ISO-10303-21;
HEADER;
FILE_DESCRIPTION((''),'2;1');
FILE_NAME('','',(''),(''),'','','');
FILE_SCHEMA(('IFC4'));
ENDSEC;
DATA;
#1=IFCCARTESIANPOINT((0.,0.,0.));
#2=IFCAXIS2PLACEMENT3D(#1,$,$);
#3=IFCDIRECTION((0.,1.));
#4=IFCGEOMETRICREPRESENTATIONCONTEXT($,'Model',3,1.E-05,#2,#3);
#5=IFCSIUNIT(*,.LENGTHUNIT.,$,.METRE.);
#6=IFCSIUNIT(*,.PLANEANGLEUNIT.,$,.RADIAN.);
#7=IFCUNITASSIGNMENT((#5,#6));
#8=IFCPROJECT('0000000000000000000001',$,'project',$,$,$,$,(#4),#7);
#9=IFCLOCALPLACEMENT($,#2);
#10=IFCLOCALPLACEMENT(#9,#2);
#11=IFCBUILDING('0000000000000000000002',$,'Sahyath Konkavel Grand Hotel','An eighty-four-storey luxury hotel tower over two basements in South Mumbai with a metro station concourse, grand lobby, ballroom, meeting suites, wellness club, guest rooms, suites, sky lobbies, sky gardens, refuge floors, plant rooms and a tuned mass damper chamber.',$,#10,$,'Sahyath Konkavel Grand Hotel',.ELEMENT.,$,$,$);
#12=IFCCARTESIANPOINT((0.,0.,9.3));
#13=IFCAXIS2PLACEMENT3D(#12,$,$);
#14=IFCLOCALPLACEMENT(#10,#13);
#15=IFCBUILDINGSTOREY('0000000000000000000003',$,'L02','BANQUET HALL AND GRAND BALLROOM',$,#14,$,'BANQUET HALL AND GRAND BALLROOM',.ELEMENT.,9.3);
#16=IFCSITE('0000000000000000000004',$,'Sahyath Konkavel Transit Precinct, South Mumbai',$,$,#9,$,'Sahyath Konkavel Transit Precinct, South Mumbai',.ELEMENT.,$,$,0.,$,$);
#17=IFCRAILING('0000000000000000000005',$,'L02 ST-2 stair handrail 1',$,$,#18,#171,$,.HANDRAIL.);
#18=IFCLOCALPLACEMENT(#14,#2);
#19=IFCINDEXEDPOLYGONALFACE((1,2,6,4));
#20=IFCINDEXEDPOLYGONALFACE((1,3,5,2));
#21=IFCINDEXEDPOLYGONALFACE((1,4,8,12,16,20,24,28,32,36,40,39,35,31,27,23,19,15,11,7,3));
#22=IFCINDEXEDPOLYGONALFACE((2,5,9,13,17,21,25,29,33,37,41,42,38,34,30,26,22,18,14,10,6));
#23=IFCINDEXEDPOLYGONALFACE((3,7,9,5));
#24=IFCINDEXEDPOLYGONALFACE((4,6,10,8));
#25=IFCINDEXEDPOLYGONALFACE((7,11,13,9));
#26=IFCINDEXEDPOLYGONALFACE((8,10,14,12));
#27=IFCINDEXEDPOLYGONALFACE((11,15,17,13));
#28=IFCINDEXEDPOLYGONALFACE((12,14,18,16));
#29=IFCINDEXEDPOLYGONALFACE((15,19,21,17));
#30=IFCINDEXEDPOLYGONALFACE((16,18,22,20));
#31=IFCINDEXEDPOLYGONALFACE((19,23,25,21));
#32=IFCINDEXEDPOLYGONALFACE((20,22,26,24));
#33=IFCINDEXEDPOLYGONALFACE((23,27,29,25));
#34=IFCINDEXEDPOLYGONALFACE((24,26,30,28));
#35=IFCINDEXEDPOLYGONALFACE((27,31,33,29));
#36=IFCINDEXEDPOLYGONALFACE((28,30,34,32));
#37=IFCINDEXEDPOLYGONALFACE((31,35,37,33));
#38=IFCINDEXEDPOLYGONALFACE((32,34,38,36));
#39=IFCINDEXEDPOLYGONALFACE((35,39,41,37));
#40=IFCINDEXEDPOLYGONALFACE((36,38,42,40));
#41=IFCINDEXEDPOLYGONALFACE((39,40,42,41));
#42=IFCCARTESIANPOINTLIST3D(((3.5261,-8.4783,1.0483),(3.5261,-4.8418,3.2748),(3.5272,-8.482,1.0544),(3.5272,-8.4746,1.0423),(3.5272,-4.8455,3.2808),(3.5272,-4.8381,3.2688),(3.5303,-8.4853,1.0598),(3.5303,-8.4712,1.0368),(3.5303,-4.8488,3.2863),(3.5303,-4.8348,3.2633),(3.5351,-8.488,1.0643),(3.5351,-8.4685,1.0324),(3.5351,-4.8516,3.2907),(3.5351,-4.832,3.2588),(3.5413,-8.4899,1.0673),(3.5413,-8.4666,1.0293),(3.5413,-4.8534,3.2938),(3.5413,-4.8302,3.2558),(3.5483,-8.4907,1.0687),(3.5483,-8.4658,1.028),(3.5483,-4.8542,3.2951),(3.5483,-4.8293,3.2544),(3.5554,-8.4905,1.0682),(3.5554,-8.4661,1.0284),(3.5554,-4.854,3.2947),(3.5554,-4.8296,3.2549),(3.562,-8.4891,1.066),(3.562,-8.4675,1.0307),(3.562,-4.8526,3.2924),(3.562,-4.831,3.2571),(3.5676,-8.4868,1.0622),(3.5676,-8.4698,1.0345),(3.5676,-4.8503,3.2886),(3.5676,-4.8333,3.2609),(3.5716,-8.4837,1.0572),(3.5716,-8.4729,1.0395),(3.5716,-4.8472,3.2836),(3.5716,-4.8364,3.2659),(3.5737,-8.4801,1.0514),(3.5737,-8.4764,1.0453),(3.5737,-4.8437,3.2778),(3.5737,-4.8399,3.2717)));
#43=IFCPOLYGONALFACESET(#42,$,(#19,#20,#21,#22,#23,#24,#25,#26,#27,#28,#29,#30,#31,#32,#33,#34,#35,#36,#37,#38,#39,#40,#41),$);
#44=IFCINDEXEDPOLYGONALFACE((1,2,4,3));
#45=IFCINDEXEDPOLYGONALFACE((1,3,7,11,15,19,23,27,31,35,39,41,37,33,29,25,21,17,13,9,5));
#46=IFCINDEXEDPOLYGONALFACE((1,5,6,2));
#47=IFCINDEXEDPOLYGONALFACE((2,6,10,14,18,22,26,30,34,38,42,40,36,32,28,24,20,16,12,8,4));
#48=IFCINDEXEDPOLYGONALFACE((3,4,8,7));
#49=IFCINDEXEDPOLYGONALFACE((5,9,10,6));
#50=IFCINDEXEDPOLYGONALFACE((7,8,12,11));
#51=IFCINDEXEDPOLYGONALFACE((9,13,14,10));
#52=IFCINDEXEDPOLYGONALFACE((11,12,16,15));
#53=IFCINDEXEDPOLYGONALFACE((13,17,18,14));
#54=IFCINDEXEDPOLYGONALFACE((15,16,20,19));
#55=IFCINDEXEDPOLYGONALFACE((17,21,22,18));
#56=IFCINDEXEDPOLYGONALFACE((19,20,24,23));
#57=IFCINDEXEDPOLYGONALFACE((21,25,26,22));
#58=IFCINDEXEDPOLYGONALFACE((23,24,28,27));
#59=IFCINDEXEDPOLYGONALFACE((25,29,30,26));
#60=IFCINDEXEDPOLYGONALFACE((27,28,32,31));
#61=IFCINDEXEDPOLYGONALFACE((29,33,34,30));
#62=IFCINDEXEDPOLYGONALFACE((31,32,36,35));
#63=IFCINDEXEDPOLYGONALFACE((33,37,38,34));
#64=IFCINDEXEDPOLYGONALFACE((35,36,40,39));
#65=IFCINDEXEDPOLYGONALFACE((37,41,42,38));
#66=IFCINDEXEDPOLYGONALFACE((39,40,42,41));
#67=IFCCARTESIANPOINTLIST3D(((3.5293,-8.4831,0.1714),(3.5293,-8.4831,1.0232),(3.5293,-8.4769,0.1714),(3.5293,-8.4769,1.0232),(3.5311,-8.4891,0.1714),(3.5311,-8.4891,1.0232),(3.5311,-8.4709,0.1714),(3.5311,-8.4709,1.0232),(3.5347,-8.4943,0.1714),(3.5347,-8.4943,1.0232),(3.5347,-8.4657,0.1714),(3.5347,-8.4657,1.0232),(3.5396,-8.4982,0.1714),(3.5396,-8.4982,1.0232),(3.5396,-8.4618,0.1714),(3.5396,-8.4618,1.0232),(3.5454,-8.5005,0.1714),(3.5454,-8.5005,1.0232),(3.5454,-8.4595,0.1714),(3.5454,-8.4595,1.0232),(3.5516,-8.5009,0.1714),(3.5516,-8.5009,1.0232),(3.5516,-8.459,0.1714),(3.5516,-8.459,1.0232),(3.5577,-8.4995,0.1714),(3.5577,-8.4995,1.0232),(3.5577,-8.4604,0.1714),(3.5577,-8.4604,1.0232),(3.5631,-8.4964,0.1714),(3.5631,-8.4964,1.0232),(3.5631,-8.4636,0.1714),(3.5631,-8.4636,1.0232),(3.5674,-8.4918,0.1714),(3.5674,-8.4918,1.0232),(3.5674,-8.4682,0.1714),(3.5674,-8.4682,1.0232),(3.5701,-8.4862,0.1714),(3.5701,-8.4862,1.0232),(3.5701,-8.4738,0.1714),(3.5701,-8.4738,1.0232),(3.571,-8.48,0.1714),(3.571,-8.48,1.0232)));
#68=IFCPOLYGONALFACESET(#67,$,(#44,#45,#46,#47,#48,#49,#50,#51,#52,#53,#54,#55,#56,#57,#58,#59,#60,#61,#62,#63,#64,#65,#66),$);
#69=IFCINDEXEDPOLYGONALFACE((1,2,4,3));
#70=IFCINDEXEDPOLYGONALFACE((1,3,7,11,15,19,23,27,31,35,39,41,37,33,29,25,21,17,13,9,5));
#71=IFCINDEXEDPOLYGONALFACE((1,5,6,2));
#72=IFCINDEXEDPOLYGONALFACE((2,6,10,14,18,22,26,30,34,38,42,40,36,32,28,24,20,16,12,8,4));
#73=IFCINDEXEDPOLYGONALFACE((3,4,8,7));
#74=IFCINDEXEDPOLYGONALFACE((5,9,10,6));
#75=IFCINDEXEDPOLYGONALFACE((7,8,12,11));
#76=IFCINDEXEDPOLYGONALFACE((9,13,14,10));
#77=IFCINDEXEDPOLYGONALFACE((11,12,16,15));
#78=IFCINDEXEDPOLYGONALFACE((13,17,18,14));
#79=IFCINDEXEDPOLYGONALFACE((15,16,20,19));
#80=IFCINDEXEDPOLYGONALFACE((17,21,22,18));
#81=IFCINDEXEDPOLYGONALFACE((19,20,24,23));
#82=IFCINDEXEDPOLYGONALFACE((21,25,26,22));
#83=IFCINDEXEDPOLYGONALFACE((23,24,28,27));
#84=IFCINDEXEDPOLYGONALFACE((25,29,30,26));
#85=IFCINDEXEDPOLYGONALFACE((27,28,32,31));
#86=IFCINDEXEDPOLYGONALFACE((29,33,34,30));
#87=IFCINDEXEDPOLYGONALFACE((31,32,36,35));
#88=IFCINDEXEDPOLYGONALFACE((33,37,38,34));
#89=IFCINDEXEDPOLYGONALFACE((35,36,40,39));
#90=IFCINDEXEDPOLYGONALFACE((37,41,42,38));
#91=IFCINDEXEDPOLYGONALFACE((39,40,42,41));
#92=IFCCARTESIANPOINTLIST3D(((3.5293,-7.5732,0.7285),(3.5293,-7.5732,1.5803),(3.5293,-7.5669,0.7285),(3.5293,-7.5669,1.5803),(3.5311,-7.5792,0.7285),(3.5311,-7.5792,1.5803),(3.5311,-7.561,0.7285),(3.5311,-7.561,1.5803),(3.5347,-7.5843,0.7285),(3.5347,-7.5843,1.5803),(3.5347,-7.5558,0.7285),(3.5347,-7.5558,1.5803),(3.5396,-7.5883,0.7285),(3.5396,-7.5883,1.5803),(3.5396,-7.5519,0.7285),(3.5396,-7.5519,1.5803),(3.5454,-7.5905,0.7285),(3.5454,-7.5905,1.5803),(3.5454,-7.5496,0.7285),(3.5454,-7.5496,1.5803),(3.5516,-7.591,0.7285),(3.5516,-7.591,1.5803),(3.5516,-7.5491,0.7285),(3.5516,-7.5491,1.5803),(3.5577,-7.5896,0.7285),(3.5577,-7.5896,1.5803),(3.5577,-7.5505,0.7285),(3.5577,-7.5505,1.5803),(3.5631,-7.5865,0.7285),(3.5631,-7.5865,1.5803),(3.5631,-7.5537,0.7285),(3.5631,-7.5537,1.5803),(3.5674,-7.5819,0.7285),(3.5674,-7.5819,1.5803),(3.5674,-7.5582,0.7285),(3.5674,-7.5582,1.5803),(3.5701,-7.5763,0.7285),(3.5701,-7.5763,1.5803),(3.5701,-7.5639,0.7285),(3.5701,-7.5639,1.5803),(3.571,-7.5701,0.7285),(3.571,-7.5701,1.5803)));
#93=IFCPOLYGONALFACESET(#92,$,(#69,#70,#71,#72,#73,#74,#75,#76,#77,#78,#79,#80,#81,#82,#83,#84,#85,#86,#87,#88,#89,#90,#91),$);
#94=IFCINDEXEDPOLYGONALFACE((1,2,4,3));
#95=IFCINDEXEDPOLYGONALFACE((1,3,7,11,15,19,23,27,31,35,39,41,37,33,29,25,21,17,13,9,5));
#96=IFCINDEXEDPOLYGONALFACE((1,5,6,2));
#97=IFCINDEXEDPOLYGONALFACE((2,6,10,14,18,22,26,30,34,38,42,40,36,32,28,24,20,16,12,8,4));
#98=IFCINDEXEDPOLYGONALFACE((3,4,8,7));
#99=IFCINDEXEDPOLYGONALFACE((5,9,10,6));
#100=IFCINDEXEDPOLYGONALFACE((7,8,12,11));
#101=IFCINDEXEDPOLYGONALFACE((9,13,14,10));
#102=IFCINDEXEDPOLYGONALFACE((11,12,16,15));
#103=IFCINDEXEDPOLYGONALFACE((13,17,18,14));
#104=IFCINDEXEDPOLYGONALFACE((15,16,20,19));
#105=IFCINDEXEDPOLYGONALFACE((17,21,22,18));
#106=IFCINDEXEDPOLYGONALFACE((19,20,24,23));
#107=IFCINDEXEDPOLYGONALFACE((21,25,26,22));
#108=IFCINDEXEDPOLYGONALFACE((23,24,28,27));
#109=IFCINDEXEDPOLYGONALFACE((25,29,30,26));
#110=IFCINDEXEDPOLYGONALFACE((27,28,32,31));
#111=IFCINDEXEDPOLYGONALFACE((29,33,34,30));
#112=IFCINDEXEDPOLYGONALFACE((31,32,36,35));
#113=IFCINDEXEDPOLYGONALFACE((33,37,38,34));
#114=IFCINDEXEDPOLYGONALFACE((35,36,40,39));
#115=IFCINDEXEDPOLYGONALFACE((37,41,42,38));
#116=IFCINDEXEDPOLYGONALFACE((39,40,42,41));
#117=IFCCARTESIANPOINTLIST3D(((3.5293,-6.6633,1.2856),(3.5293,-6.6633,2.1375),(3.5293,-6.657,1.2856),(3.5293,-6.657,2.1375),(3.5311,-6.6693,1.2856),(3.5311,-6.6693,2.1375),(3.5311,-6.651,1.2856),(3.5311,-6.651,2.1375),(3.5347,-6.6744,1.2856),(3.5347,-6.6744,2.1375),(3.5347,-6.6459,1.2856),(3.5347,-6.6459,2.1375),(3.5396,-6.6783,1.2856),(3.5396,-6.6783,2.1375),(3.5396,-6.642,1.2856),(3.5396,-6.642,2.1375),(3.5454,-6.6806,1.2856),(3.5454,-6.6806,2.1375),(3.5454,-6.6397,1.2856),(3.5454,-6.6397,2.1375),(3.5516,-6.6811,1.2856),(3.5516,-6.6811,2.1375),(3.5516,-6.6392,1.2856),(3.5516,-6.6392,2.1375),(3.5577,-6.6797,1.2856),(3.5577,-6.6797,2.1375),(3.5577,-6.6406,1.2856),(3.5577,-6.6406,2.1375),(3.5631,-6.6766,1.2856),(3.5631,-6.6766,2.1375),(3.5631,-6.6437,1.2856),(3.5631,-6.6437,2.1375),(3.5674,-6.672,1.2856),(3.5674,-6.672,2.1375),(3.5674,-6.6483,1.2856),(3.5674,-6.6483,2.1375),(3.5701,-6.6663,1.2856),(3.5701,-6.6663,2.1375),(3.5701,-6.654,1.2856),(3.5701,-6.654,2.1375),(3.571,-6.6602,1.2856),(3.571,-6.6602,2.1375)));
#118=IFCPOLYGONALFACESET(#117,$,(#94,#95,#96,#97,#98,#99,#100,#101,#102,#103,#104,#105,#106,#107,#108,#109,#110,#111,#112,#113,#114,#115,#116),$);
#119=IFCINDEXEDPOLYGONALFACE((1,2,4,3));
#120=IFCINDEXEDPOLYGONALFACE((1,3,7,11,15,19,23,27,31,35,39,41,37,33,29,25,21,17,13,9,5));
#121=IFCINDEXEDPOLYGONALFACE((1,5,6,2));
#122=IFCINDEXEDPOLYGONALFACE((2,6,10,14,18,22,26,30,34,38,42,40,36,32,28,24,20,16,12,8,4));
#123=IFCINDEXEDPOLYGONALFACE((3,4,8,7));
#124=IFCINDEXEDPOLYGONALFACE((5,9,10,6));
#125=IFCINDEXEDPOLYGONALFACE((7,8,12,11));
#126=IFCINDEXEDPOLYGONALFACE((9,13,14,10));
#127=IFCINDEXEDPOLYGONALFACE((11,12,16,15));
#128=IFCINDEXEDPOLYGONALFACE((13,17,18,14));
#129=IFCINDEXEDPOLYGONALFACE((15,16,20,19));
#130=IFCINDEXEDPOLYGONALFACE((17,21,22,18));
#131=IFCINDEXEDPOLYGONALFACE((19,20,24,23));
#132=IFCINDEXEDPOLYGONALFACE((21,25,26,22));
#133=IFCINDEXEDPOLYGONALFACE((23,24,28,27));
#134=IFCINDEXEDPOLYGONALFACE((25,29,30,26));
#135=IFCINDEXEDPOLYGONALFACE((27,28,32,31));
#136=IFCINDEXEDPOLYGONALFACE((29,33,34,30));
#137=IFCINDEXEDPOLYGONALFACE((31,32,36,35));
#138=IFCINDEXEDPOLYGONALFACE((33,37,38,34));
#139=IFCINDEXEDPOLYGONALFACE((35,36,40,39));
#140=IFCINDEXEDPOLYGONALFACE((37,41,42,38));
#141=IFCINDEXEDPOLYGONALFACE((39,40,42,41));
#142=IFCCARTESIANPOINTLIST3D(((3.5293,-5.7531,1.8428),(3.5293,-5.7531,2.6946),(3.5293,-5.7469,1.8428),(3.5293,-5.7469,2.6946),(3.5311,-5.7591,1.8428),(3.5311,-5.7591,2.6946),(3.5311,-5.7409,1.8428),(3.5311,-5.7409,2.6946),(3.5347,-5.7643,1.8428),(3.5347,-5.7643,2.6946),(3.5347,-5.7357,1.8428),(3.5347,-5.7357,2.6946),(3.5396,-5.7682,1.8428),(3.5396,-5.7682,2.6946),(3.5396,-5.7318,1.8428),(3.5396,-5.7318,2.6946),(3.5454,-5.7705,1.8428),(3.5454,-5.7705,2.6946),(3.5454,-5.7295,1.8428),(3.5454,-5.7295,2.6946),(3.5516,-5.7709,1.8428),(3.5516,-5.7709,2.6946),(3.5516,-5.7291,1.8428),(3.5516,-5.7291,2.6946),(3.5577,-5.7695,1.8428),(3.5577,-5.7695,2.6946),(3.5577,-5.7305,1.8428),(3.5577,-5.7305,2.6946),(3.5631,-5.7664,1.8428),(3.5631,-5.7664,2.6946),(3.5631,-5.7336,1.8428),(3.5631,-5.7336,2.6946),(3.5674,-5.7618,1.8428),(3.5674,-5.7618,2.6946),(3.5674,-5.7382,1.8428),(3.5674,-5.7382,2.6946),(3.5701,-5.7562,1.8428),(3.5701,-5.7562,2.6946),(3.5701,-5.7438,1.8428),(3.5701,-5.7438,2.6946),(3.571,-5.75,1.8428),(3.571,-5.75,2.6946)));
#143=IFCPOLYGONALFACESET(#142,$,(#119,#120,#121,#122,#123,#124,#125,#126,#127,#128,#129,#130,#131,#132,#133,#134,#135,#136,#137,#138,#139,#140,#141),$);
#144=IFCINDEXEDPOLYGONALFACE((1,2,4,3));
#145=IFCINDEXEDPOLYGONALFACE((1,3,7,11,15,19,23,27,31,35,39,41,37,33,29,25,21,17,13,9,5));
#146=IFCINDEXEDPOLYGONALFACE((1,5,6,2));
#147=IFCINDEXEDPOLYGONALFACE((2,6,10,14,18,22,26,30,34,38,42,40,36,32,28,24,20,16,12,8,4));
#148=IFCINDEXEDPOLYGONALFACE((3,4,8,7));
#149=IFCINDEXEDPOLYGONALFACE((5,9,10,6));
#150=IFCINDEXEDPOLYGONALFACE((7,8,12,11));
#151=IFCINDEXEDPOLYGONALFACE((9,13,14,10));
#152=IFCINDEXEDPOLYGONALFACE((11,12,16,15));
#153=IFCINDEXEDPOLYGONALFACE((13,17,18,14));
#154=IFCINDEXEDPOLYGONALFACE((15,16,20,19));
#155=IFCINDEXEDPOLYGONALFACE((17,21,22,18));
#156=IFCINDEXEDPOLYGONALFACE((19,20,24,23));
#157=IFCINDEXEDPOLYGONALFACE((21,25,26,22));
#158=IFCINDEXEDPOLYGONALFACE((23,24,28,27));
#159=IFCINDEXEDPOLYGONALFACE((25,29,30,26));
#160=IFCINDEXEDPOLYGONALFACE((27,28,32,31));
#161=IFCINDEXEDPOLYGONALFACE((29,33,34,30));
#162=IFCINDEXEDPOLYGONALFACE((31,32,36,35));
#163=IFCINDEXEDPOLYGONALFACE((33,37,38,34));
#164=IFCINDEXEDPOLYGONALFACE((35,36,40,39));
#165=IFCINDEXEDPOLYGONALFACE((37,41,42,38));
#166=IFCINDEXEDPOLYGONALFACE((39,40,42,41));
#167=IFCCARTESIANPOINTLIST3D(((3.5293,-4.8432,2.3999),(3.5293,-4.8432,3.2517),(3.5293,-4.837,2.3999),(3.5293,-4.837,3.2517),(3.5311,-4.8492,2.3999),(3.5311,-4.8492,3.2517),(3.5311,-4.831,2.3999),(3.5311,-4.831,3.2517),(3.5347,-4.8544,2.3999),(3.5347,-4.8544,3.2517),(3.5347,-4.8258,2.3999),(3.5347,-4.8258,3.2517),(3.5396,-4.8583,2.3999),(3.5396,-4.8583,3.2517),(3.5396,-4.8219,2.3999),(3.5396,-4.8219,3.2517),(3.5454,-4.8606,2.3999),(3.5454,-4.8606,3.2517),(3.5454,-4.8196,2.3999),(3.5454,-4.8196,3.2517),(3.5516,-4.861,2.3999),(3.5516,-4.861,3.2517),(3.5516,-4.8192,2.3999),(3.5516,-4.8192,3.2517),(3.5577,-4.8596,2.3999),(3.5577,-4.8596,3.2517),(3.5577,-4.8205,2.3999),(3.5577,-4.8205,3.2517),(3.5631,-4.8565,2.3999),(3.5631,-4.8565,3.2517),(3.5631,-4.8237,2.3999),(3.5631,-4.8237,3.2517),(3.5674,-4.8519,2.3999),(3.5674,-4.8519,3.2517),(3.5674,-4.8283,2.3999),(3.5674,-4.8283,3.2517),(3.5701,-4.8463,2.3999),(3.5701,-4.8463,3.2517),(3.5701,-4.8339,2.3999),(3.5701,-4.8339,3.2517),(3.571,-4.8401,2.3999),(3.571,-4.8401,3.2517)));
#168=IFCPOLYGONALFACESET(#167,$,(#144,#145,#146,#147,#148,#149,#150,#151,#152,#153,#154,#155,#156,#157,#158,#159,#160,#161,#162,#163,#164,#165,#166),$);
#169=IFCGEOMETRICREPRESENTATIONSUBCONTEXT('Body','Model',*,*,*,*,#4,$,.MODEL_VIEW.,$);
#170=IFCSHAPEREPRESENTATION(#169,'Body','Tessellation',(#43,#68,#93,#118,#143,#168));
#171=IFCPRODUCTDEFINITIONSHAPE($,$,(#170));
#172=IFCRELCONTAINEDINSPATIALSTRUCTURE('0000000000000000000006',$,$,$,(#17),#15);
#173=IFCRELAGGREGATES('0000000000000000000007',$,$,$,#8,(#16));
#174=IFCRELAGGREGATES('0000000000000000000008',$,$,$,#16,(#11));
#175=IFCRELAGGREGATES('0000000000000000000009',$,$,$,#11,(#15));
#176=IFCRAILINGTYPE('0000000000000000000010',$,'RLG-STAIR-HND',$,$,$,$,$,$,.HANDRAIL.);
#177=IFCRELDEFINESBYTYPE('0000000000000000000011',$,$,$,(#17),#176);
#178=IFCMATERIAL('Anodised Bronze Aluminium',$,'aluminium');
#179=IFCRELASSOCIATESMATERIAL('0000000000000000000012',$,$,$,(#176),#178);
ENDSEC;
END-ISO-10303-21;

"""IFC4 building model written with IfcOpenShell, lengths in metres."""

from ifc_helpers import new_model, si_unit, direction, frame, origin, origin_2d, place, context, subcontext, project, spatial, circle, extrude, material, type_object, element, save


model = new_model("IFC4")

# Units and contexts
model_context = context("Model", 3, precision=1e-05, world=origin(), true_north=direction((0.0, 1.0)))
body_context = subcontext(model_context, "Body", "Model", "MODEL_VIEW")
ifc_project = project(units=[si_unit("LENGTHUNIT", "METRE"), si_unit("PLANEANGLEUNIT", "RADIAN")], contexts=[model_context])

# Site, building, storey
site_placement = place(None, origin())
site = spatial("IfcSite", under=ifc_project, at=site_placement, Name="Sahyath Konkavel Transit Precinct, South Mumbai", LongName="Sahyath Konkavel Transit Precinct, South Mumbai", CompositionType="ELEMENT", RefElevation=0.0)
building_placement = place(site_placement, origin())
building = spatial("IfcBuilding", under=site, at=building_placement, Name="Sahyath Konkavel Grand Hotel", Description="An eighty-four-storey luxury hotel tower over two basements in South Mumbai with a metro station concourse, grand lobby, ballroom, meeting suites, wellness club, guest rooms, suites, sky lobbies, sky gardens, refuge floors, plant rooms and a tuned mass damper chamber.", LongName="Sahyath Konkavel Grand Hotel", CompositionType="ELEMENT")
storey_placement = place(building_placement, frame((0.0, 0.0, 9.3)))
storey = spatial("IfcBuildingStorey", under=building, at=storey_placement, Name="L02", Description="BANQUET HALL AND GRAND BALLROOM", LongName="BANQUET HALL AND GRAND BALLROOM", CompositionType="ELEMENT", Elevation=9.3)

# Shared definitions
ifc_material_1 = material(Name="Anodised Bronze Aluminium", Category="aluminium")

# Railing
railing_type_1 = type_object("IfcRailingType", Name="RLG-STAIR-HND", PredefinedType="HANDRAIL", material=ifc_material_1)
railing_1_placement = place(storey_placement, frame((3.55, -8.48, 0.1714)))
element("IfcRailing", 1, at=railing_1_placement, inside=storey, type_object=railing_type_1, Name="L02 ST-2 stair handrail 1", PredefinedType="HANDRAIL", context=body_context, shape_type="SweptSolid", body=[
    extrude(circle(Radius=0.0239, at=origin_2d()), frame((0.0, 0.0017, 0.877), z_axis=(0.0, 0.85285, 0.522156), x_axis=(-1.0, 0.0, 0.0)), (0.0, 0.0, 1.0), 4.2639),
    extrude(circle(Radius=0.021, at=origin_2d()), origin(), (0.0, 0.0, 1.0), 0.8518),
    extrude(circle(Radius=0.021, at=origin_2d()), frame((0.0, 0.9099, 0.5571)), (0.0, 0.0, 1.0), 0.8518),
    extrude(circle(Radius=0.021, at=origin_2d()), frame((0.0, 1.8198, 1.1143)), (0.0, 0.0, 1.0), 0.8518),
    extrude(circle(Radius=0.021, at=origin_2d()), frame((0.0, 2.73, 1.6714)), (0.0, 0.0, 1.0), 0.8518),
    extrude(circle(Radius=0.021, at=origin_2d()), frame((0.0, 3.6399, 2.2285)), (0.0, 0.0, 1.0), 0.8518),
])

save(model, "model.ifc")
